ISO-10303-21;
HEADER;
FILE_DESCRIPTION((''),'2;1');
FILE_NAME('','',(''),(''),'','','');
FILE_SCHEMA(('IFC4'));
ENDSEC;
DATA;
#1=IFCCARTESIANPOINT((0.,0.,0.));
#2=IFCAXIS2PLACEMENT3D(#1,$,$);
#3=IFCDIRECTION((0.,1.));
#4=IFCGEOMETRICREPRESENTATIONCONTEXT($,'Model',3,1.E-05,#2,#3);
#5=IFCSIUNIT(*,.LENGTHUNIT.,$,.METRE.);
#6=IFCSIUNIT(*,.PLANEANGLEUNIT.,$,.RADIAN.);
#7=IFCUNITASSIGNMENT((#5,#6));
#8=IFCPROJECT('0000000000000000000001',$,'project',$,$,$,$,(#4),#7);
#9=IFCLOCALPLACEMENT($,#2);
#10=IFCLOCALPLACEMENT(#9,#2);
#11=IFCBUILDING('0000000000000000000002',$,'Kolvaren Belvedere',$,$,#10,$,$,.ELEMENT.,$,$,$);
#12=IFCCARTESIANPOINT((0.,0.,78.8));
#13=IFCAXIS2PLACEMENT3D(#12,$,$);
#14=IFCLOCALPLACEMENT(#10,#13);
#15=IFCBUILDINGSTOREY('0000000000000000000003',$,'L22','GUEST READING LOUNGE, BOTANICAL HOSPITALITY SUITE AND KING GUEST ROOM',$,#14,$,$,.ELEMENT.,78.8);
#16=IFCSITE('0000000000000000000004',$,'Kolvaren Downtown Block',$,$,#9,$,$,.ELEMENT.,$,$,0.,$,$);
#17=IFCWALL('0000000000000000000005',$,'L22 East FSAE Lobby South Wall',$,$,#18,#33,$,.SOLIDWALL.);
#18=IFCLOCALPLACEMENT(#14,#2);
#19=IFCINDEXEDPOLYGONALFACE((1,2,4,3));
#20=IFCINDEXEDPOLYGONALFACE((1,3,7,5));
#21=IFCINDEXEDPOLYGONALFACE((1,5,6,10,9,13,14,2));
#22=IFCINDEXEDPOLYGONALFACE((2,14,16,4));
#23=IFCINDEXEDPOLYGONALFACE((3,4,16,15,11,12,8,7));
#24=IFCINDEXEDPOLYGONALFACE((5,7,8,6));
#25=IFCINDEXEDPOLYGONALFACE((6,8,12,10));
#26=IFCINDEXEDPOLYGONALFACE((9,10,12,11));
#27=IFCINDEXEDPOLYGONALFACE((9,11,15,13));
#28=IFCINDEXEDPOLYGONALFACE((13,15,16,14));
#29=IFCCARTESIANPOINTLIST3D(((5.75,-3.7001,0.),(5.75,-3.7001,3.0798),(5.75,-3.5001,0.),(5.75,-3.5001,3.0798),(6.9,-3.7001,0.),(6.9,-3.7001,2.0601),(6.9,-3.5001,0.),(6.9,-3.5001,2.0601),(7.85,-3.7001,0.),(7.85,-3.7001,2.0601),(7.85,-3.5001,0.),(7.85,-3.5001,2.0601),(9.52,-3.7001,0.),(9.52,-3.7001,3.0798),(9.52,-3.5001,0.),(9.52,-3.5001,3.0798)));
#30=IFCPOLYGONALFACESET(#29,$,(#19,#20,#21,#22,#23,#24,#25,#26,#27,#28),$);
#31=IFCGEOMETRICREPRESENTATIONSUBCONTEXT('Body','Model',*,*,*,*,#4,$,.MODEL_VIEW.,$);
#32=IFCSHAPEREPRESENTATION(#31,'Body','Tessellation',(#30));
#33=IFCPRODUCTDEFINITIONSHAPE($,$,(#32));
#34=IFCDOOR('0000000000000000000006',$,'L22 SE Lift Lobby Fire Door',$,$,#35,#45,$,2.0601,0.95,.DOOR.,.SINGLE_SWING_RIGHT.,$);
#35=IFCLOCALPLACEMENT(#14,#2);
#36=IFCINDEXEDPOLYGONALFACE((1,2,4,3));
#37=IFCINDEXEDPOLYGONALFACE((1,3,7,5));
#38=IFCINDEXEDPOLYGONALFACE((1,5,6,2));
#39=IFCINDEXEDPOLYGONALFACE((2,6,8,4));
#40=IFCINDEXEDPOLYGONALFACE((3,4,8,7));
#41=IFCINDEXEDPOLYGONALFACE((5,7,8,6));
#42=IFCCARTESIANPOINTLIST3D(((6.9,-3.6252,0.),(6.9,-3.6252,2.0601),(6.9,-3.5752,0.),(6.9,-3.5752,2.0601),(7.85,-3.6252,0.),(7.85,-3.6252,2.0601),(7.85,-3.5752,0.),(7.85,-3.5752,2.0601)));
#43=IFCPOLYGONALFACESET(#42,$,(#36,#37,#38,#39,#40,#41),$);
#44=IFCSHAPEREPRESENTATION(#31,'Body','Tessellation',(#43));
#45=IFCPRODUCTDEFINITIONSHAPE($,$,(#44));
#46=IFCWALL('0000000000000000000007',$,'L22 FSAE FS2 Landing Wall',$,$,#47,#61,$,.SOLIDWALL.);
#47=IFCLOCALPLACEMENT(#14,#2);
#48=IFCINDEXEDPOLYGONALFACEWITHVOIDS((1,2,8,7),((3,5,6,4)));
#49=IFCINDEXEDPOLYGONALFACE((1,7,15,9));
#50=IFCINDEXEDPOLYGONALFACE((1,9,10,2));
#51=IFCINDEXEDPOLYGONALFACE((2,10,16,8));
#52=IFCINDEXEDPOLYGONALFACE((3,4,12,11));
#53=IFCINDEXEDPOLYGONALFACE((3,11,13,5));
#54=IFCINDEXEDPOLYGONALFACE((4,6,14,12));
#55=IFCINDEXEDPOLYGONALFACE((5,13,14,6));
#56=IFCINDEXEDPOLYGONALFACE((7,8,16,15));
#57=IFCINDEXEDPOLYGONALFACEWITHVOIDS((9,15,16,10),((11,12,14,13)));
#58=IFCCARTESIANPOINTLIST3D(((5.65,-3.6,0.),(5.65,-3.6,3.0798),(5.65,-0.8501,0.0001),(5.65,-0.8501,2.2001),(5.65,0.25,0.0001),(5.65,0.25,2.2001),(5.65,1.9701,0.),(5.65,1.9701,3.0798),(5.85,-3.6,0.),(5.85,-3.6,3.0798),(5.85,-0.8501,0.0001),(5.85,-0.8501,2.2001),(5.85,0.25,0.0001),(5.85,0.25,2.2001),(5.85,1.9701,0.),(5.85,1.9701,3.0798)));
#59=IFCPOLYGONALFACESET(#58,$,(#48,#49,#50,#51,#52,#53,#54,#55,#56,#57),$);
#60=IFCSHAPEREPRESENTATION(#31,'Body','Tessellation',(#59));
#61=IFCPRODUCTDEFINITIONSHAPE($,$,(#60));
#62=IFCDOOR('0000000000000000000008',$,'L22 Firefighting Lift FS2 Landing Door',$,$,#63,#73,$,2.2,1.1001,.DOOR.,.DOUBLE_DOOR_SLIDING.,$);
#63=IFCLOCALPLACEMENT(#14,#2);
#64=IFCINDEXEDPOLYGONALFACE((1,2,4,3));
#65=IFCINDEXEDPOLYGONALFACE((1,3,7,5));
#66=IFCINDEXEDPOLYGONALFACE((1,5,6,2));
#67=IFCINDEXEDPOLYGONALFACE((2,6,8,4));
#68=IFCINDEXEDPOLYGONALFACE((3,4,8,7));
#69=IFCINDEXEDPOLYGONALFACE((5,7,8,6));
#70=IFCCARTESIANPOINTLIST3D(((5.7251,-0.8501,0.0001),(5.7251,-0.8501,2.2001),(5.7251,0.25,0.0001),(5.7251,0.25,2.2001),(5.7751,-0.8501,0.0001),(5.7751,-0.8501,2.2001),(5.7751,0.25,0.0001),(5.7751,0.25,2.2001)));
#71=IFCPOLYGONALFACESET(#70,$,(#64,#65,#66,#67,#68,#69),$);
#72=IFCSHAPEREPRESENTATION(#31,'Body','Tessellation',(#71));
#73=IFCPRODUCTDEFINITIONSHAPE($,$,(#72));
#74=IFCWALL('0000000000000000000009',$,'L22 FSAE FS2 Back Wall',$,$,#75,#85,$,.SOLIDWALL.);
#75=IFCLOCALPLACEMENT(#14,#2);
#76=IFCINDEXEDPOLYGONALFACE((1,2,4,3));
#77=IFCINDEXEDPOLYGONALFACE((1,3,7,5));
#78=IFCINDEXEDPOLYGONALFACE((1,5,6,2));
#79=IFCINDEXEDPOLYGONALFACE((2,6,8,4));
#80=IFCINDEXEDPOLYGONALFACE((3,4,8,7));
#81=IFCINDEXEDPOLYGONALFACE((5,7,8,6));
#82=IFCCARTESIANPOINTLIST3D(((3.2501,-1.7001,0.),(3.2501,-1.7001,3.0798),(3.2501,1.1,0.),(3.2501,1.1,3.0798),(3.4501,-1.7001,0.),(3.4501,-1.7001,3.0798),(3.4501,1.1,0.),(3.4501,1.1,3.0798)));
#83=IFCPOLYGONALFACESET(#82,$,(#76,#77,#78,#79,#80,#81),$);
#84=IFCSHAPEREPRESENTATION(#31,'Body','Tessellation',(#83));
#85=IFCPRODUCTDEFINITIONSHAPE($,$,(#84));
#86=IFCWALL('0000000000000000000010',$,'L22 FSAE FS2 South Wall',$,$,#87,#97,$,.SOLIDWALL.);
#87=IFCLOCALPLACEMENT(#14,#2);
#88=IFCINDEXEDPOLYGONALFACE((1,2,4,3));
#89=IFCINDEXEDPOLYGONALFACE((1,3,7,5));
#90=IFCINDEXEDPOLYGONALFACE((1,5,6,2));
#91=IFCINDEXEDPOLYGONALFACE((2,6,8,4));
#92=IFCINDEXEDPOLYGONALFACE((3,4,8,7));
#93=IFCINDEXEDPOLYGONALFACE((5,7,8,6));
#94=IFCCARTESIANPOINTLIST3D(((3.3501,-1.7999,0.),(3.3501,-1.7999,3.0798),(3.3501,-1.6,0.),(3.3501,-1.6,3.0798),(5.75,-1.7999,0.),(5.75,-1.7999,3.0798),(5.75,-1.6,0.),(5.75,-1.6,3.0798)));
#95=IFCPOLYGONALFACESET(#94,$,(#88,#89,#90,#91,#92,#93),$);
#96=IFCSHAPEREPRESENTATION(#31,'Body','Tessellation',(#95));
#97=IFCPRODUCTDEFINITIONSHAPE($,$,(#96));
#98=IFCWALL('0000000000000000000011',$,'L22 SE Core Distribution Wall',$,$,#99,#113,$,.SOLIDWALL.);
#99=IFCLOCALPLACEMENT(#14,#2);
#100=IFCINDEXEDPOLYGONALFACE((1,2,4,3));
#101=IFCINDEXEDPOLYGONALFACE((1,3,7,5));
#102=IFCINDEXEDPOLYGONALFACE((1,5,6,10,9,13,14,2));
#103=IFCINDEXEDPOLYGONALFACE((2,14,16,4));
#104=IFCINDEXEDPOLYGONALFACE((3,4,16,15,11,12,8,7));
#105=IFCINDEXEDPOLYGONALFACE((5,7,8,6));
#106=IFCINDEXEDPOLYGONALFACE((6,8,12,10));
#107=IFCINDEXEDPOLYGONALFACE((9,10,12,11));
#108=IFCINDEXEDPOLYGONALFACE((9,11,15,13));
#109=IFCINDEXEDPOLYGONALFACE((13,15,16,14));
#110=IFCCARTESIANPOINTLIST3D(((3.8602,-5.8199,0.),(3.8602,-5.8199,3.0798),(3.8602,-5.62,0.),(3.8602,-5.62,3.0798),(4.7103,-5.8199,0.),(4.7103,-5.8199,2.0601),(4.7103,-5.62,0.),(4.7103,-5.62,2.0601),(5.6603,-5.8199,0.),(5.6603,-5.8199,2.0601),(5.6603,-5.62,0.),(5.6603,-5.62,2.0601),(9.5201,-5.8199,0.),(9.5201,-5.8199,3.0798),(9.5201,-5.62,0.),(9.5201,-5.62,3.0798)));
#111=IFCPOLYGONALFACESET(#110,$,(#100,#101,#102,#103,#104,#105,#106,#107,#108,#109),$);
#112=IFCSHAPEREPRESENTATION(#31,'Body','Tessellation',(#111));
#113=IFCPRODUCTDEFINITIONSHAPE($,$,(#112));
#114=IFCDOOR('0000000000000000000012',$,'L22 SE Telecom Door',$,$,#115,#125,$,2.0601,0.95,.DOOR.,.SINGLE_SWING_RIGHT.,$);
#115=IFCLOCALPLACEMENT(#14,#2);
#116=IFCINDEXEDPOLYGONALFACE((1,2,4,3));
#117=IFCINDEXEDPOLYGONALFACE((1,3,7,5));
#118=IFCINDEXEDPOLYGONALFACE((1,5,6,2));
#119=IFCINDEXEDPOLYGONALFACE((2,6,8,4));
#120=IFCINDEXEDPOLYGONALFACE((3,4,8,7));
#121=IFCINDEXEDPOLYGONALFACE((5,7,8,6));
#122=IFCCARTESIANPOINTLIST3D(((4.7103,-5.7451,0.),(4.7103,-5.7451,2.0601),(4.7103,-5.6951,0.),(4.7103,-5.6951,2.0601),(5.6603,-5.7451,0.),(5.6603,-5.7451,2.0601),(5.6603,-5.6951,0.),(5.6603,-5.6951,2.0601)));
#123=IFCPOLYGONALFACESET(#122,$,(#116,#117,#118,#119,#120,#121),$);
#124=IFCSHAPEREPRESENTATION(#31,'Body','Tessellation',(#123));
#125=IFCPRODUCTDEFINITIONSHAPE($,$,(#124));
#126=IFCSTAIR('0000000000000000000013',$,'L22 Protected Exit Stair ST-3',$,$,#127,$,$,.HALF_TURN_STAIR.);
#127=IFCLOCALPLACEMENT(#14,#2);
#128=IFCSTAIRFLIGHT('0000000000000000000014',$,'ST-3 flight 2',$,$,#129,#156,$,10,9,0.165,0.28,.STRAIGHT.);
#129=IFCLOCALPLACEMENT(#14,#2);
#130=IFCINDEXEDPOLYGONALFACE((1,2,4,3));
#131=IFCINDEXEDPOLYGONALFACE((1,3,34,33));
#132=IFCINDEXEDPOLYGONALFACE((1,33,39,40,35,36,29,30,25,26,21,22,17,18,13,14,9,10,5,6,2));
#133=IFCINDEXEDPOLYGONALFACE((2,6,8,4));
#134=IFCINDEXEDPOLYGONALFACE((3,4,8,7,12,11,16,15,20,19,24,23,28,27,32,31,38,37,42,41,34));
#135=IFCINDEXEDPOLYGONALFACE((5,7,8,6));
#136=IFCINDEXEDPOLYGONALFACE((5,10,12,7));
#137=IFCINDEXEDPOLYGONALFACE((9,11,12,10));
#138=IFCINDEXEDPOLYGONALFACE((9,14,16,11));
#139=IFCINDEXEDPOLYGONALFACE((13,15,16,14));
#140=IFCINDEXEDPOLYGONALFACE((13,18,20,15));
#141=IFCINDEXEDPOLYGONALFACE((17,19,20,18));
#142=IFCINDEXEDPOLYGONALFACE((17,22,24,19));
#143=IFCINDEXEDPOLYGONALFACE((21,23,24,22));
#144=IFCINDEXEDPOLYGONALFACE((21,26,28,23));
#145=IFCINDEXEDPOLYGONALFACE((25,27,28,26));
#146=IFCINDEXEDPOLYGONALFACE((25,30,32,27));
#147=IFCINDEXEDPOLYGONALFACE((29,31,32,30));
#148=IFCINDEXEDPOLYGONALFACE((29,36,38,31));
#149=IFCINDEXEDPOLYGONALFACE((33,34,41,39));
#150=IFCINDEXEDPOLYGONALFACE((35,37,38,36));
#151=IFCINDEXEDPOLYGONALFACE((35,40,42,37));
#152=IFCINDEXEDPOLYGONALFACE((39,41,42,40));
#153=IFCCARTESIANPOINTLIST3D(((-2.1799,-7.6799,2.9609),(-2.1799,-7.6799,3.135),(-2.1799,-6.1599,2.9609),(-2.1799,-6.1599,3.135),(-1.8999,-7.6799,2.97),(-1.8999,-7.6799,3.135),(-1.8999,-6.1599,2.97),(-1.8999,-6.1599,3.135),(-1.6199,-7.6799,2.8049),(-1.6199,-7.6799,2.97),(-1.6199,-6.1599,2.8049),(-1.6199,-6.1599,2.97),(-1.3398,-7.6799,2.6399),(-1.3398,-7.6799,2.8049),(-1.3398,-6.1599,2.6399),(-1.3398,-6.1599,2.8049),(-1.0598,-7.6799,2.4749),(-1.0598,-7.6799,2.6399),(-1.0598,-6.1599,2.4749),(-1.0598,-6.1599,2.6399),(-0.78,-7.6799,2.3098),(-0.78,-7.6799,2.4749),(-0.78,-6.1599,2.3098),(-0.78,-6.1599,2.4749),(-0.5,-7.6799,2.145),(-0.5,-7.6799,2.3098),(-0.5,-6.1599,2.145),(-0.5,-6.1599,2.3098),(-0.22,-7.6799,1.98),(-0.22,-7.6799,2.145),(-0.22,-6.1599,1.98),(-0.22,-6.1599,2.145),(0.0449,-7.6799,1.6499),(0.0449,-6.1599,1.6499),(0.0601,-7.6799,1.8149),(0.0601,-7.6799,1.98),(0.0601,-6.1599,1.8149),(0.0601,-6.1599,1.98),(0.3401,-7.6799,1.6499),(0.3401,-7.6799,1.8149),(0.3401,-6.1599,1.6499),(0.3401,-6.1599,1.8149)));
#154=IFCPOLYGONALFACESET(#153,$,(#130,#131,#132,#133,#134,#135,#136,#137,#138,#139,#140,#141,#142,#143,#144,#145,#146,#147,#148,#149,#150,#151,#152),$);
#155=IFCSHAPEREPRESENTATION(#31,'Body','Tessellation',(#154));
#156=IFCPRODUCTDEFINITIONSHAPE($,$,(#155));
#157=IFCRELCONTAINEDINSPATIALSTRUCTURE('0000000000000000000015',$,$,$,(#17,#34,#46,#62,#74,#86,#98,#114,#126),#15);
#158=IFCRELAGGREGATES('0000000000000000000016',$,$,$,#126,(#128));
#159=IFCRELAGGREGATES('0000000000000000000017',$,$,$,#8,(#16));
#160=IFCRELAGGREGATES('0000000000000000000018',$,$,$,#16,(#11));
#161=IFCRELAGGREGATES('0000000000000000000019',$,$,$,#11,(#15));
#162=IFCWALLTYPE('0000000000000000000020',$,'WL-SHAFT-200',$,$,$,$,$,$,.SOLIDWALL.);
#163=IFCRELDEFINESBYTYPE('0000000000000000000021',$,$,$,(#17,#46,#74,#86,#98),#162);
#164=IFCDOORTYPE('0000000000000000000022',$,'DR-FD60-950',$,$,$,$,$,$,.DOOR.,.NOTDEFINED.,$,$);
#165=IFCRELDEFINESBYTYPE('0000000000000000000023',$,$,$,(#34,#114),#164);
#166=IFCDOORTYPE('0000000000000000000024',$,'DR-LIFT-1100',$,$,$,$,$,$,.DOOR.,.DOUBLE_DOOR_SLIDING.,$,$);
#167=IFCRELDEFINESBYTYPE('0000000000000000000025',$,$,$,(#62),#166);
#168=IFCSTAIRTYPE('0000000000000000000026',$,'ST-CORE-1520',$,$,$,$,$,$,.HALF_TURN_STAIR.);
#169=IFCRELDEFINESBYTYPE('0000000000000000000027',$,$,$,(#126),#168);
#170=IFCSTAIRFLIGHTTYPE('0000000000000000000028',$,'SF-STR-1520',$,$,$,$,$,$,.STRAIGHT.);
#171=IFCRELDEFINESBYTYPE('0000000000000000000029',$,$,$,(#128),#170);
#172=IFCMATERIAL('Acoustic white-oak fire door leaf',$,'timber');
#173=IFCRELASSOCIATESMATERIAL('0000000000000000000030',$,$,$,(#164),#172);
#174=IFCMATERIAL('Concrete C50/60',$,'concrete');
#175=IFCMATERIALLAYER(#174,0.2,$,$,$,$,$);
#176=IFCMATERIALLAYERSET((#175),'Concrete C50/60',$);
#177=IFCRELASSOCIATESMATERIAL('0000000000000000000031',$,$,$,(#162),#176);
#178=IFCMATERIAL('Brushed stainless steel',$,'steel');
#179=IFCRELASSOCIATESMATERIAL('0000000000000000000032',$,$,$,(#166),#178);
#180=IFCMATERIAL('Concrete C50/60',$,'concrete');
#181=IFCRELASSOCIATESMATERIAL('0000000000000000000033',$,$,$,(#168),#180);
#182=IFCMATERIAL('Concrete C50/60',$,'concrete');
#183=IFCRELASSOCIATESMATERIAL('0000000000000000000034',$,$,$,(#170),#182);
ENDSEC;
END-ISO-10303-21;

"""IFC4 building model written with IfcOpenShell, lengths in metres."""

from ifc_helpers import new_model, si_unit, direction, frame, frame_2d, origin, place, context, subcontext, project, spatial, polyline, rectangle, outline, extrude, material, layer, layer_set, type_object, element, fill, aggregate, save


model = new_model("IFC4")

# Units and contexts
model_context = context("Model", 3, precision=1e-05, world=origin(), true_north=direction((0.0, 1.0)))
body_context = subcontext(model_context, "Body", "Model", "MODEL_VIEW")
ifc_project = project(units=[si_unit("LENGTHUNIT", "METRE"), si_unit("PLANEANGLEUNIT", "RADIAN")], contexts=[model_context])

# Site, building, storey
site_placement = place(None, origin())
site = spatial("IfcSite", under=ifc_project, at=site_placement, Name="Kolvaren Downtown Block", CompositionType="ELEMENT", RefElevation=0.0)
building_placement = place(site_placement, origin())
building = spatial("IfcBuilding", under=site, at=building_placement, Name="Kolvaren Belvedere", CompositionType="ELEMENT")
storey_placement = place(building_placement, frame((0.0, 0.0, 78.8)))
storey = spatial("IfcBuildingStorey", under=building, at=storey_placement, Name="L22", Description="GUEST READING LOUNGE, BOTANICAL HOSPITALITY SUITE AND KING GUEST ROOM", CompositionType="ELEMENT", Elevation=78.8)

# Walls, openings, doors
ifc_material_1 = material(Name="Acoustic white-oak fire door leaf", Category="timber")
door_type_1 = type_object("IfcDoorType", Name="DR-FD60-950", OperationType="NOTDEFINED", PredefinedType="DOOR", material=ifc_material_1)
ifc_material_2 = material(Name="Concrete C50/60", Category="concrete")
ifc_layer_1 = layer(ifc_material_2, 0.2)
ifc_layer_set_1 = layer_set([ifc_layer_1], Name="Concrete C50/60")
wall_type_1 = type_object("IfcWallType", Name="WL-SHAFT-200", PredefinedType="SOLIDWALL", material=ifc_layer_set_1)
wall_1_placement = place(storey_placement, frame((5.75, -3.6001, 0.0), z_axis=(0.0, 0.0, 1.0), x_axis=(1.0, 0.0, 0.0)))
wall_1 = element("IfcWall", 1, at=wall_1_placement, inside=storey, type_object=wall_type_1, Name="L22 East FSAE Lobby South Wall", PredefinedType="SOLIDWALL", context=body_context, shape_type="SweptSolid", body=[
    extrude(rectangle(XDim=3.77, YDim=0.2, at=frame_2d((1.885, 0.0))), origin(), (0.0, 0.0, 1.0), 3.0798),
])
opening_1_placement = place(wall_1_placement, frame((1.1499, 0.0, 0.0)))
opening_1 = element("IfcOpeningElement", 2, at=opening_1_placement, cuts=wall_1, PredefinedType="OPENING", context=body_context, shape_type="SweptSolid", body=[
    extrude(rectangle(XDim=0.95, YDim=2.0601, at=frame_2d((0.4751, 1.03))), frame((0.0, 0.1099, 0.0), z_axis=(0.0, -1.0, 0.0), x_axis=(1.0, 0.0, 0.0)), (0.0, 0.0, 1.0), 0.22),
])
door_1_placement = place(opening_1_placement, origin())
door_1 = element("IfcDoor", 3, at=door_1_placement, inside=storey, type_object=door_type_1, Name="L22 SE Lift Lobby Fire Door", OperationType="SINGLE_SWING_RIGHT", OverallHeight=2.0601, OverallWidth=0.95, PredefinedType="DOOR", context=body_context, shape_type="SweptSolid", body=[
    extrude(rectangle(XDim=0.95, YDim=2.0601, at=frame_2d((0.4751, 1.03))), frame((0.0, 0.0249, 0.0), z_axis=(0.0, -1.0, 0.0), x_axis=(1.0, 0.0, 0.0)), (0.0, 0.0, 1.0), 0.05),
])
fill(opening_1, door_1)
wall_2_placement = place(storey_placement, frame((5.75, -3.6001, 0.0), z_axis=(0.0, 0.0, 1.0), x_axis=(0.0, 1.0, 0.0)))
wall_2 = element("IfcWall", 4, at=wall_2_placement, inside=storey, type_object=wall_type_1, Name="L22 FSAE FS2 Landing Wall", PredefinedType="SOLIDWALL", context=body_context, shape_type="SweptSolid", body=[
    extrude(rectangle(XDim=5.5701, YDim=0.2, at=frame_2d((2.7852, 0.0))), origin(), (0.0, 0.0, 1.0), 3.0798),
])
opening_2_placement = place(wall_2_placement, frame((2.75, 0.0, 0.0)))
opening_2 = element("IfcOpeningElement", 5, at=opening_2_placement, cuts=wall_2, PredefinedType="OPENING", context=body_context, shape_type="SweptSolid", body=[
    extrude(rectangle(XDim=1.1001, YDim=2.2, at=frame_2d((0.55, 1.1001))), frame((0.0, 0.1099, 0.0), z_axis=(0.0, -1.0, 0.0), x_axis=(1.0, 0.0, 0.0)), (0.0, 0.0, 1.0), 0.22),
])
ifc_material_3 = material(Name="Brushed stainless steel", Category="steel")
door_type_2 = type_object("IfcDoorType", Name="DR-LIFT-1100", OperationType="DOUBLE_DOOR_SLIDING", PredefinedType="DOOR", material=ifc_material_3)
door_2_placement = place(opening_2_placement, origin())
door_2 = element("IfcDoor", 6, at=door_2_placement, inside=storey, type_object=door_type_2, Name="L22 Firefighting Lift FS2 Landing Door", OperationType="DOUBLE_DOOR_SLIDING", OverallHeight=2.2, OverallWidth=1.1001, PredefinedType="DOOR", context=body_context, shape_type="SweptSolid", body=[
    extrude(rectangle(XDim=1.1001, YDim=2.2, at=frame_2d((0.55, 1.1001))), frame((0.0, 0.0249, 0.0), z_axis=(0.0, -1.0, 0.0), x_axis=(1.0, 0.0, 0.0)), (0.0, 0.0, 1.0), 0.05),
])
fill(opening_2, door_2)

# Walls
wall_3_placement = place(storey_placement, frame((3.3501, -1.7, 0.0), z_axis=(0.0, 0.0, 1.0), x_axis=(0.0, 1.0, 0.0)))
element("IfcWall", 7, at=wall_3_placement, inside=storey, type_object=wall_type_1, Name="L22 FSAE FS2 Back Wall", PredefinedType="SOLIDWALL", context=body_context, shape_type="SweptSolid", body=[
    extrude(rectangle(XDim=2.8, YDim=0.2, at=frame_2d((1.3999, 0.0))), origin(), (0.0, 0.0, 1.0), 3.0798),
])
wall_4_placement = place(storey_placement, frame((3.3501, -1.7, 0.0), z_axis=(0.0, 0.0, 1.0), x_axis=(1.0, 0.0, 0.0)))
element("IfcWall", 8, at=wall_4_placement, inside=storey, type_object=wall_type_1, Name="L22 FSAE FS2 South Wall", PredefinedType="SOLIDWALL", context=body_context, shape_type="SweptSolid", body=[
    extrude(rectangle(XDim=2.3999, YDim=0.2, at=frame_2d((1.2, 0.0))), origin(), (0.0, 0.0, 1.0), 3.0798),
])

# Wall, opening, door
wall_5_placement = place(storey_placement, frame((3.8601, -5.72, 0.0), z_axis=(0.0, 0.0, 1.0), x_axis=(1.0, 0.0, 0.0)))
wall_5 = element("IfcWall", 9, at=wall_5_placement, inside=storey, type_object=wall_type_1, Name="L22 SE Core Distribution Wall", PredefinedType="SOLIDWALL", context=body_context, shape_type="SweptSolid", body=[
    extrude(rectangle(XDim=5.6599, YDim=0.2, at=frame_2d((2.8301, 0.0))), origin(), (0.0, 0.0, 1.0), 3.0798),
])
opening_3_placement = place(wall_5_placement, frame((0.8501, 0.0, 0.0)))
opening_3 = element("IfcOpeningElement", 10, at=opening_3_placement, cuts=wall_5, PredefinedType="OPENING", context=body_context, shape_type="SweptSolid", body=[
    extrude(rectangle(XDim=0.95, YDim=2.0601, at=frame_2d((0.4751, 1.03))), frame((0.0, 0.1099, 0.0), z_axis=(0.0, -1.0, 0.0), x_axis=(1.0, 0.0, 0.0)), (0.0, 0.0, 1.0), 0.22),
])
door_3_placement = place(opening_3_placement, origin())
door_3 = element("IfcDoor", 11, at=door_3_placement, inside=storey, type_object=door_type_1, Name="L22 SE Telecom Door", OperationType="SINGLE_SWING_RIGHT", OverallHeight=2.0601, OverallWidth=0.95, PredefinedType="DOOR", context=body_context, shape_type="SweptSolid", body=[
    extrude(rectangle(XDim=0.95, YDim=2.0601, at=frame_2d((0.4751, 1.03))), frame((0.0, 0.0249, 0.0), z_axis=(0.0, -1.0, 0.0), x_axis=(1.0, 0.0, 0.0)), (0.0, 0.0, 1.0), 0.05),
])
fill(opening_3, door_3)

# Stair, stair flight
ifc_material_4 = material(Name="Concrete C50/60", Category="concrete")
stair_type = type_object("IfcStairType", Name="ST-CORE-1520", PredefinedType="HALF_TURN_STAIR", material=ifc_material_4)
stair_placement = place(storey_placement, origin())
stair = element("IfcStair", 12, at=stair_placement, inside=storey, type_object=stair_type, Name="L22 Protected Exit Stair ST-3", PredefinedType="HALF_TURN_STAIR")
ifc_material_5 = material(Name="Concrete C50/60", Category="concrete")
stair_flight_type = type_object("IfcStairFlightType", Name="SF-STR-1520", PredefinedType="STRAIGHT", material=ifc_material_5)
stair_flight_placement = place(storey_placement, frame((0.3401, -6.9199, 1.6499), z_axis=(0.0, 0.0, 1.0), x_axis=(-1.0, 0.0, 0.0)))
stair_flight = element("IfcStairFlight", 13, at=stair_flight_placement, type_object=stair_flight_type, Name="ST-3 flight 2", NumberOfRisers=10, NumberOfTreads=9, PredefinedType="STRAIGHT", RiserHeight=0.165, TreadLength=0.28, context=body_context, shape_type="SweptSolid", body=[
    extrude(outline(polyline([(0.0, 0.0), (0.0, 0.165), (0.28, 0.165), (0.28, 0.3301), (0.5601, 0.3301), (0.5601, 0.4951), (0.8401, 0.4951), (0.8401, 0.6599), (1.1201, 0.6599), (1.1201, 0.825), (1.3999, 0.825), (1.3999, 0.99), (1.6799, 0.99), (1.6799, 1.155), (1.96, 1.155), (1.96, 1.3201), (2.24, 1.3201), (2.24, 1.4851), (2.52, 1.4851), (2.52, 1.6499), (2.52, 1.311), (0.2952, 0.0), (0.0, 0.0)])), frame((0.0, 0.76, 0.0), z_axis=(0.0, -1.0, 0.0), x_axis=(1.0, 0.0, 0.0)), (0.0, 0.0, 1.0), 1.52),
])
aggregate(stair, [stair_flight])

save(model, "model.ifc")
